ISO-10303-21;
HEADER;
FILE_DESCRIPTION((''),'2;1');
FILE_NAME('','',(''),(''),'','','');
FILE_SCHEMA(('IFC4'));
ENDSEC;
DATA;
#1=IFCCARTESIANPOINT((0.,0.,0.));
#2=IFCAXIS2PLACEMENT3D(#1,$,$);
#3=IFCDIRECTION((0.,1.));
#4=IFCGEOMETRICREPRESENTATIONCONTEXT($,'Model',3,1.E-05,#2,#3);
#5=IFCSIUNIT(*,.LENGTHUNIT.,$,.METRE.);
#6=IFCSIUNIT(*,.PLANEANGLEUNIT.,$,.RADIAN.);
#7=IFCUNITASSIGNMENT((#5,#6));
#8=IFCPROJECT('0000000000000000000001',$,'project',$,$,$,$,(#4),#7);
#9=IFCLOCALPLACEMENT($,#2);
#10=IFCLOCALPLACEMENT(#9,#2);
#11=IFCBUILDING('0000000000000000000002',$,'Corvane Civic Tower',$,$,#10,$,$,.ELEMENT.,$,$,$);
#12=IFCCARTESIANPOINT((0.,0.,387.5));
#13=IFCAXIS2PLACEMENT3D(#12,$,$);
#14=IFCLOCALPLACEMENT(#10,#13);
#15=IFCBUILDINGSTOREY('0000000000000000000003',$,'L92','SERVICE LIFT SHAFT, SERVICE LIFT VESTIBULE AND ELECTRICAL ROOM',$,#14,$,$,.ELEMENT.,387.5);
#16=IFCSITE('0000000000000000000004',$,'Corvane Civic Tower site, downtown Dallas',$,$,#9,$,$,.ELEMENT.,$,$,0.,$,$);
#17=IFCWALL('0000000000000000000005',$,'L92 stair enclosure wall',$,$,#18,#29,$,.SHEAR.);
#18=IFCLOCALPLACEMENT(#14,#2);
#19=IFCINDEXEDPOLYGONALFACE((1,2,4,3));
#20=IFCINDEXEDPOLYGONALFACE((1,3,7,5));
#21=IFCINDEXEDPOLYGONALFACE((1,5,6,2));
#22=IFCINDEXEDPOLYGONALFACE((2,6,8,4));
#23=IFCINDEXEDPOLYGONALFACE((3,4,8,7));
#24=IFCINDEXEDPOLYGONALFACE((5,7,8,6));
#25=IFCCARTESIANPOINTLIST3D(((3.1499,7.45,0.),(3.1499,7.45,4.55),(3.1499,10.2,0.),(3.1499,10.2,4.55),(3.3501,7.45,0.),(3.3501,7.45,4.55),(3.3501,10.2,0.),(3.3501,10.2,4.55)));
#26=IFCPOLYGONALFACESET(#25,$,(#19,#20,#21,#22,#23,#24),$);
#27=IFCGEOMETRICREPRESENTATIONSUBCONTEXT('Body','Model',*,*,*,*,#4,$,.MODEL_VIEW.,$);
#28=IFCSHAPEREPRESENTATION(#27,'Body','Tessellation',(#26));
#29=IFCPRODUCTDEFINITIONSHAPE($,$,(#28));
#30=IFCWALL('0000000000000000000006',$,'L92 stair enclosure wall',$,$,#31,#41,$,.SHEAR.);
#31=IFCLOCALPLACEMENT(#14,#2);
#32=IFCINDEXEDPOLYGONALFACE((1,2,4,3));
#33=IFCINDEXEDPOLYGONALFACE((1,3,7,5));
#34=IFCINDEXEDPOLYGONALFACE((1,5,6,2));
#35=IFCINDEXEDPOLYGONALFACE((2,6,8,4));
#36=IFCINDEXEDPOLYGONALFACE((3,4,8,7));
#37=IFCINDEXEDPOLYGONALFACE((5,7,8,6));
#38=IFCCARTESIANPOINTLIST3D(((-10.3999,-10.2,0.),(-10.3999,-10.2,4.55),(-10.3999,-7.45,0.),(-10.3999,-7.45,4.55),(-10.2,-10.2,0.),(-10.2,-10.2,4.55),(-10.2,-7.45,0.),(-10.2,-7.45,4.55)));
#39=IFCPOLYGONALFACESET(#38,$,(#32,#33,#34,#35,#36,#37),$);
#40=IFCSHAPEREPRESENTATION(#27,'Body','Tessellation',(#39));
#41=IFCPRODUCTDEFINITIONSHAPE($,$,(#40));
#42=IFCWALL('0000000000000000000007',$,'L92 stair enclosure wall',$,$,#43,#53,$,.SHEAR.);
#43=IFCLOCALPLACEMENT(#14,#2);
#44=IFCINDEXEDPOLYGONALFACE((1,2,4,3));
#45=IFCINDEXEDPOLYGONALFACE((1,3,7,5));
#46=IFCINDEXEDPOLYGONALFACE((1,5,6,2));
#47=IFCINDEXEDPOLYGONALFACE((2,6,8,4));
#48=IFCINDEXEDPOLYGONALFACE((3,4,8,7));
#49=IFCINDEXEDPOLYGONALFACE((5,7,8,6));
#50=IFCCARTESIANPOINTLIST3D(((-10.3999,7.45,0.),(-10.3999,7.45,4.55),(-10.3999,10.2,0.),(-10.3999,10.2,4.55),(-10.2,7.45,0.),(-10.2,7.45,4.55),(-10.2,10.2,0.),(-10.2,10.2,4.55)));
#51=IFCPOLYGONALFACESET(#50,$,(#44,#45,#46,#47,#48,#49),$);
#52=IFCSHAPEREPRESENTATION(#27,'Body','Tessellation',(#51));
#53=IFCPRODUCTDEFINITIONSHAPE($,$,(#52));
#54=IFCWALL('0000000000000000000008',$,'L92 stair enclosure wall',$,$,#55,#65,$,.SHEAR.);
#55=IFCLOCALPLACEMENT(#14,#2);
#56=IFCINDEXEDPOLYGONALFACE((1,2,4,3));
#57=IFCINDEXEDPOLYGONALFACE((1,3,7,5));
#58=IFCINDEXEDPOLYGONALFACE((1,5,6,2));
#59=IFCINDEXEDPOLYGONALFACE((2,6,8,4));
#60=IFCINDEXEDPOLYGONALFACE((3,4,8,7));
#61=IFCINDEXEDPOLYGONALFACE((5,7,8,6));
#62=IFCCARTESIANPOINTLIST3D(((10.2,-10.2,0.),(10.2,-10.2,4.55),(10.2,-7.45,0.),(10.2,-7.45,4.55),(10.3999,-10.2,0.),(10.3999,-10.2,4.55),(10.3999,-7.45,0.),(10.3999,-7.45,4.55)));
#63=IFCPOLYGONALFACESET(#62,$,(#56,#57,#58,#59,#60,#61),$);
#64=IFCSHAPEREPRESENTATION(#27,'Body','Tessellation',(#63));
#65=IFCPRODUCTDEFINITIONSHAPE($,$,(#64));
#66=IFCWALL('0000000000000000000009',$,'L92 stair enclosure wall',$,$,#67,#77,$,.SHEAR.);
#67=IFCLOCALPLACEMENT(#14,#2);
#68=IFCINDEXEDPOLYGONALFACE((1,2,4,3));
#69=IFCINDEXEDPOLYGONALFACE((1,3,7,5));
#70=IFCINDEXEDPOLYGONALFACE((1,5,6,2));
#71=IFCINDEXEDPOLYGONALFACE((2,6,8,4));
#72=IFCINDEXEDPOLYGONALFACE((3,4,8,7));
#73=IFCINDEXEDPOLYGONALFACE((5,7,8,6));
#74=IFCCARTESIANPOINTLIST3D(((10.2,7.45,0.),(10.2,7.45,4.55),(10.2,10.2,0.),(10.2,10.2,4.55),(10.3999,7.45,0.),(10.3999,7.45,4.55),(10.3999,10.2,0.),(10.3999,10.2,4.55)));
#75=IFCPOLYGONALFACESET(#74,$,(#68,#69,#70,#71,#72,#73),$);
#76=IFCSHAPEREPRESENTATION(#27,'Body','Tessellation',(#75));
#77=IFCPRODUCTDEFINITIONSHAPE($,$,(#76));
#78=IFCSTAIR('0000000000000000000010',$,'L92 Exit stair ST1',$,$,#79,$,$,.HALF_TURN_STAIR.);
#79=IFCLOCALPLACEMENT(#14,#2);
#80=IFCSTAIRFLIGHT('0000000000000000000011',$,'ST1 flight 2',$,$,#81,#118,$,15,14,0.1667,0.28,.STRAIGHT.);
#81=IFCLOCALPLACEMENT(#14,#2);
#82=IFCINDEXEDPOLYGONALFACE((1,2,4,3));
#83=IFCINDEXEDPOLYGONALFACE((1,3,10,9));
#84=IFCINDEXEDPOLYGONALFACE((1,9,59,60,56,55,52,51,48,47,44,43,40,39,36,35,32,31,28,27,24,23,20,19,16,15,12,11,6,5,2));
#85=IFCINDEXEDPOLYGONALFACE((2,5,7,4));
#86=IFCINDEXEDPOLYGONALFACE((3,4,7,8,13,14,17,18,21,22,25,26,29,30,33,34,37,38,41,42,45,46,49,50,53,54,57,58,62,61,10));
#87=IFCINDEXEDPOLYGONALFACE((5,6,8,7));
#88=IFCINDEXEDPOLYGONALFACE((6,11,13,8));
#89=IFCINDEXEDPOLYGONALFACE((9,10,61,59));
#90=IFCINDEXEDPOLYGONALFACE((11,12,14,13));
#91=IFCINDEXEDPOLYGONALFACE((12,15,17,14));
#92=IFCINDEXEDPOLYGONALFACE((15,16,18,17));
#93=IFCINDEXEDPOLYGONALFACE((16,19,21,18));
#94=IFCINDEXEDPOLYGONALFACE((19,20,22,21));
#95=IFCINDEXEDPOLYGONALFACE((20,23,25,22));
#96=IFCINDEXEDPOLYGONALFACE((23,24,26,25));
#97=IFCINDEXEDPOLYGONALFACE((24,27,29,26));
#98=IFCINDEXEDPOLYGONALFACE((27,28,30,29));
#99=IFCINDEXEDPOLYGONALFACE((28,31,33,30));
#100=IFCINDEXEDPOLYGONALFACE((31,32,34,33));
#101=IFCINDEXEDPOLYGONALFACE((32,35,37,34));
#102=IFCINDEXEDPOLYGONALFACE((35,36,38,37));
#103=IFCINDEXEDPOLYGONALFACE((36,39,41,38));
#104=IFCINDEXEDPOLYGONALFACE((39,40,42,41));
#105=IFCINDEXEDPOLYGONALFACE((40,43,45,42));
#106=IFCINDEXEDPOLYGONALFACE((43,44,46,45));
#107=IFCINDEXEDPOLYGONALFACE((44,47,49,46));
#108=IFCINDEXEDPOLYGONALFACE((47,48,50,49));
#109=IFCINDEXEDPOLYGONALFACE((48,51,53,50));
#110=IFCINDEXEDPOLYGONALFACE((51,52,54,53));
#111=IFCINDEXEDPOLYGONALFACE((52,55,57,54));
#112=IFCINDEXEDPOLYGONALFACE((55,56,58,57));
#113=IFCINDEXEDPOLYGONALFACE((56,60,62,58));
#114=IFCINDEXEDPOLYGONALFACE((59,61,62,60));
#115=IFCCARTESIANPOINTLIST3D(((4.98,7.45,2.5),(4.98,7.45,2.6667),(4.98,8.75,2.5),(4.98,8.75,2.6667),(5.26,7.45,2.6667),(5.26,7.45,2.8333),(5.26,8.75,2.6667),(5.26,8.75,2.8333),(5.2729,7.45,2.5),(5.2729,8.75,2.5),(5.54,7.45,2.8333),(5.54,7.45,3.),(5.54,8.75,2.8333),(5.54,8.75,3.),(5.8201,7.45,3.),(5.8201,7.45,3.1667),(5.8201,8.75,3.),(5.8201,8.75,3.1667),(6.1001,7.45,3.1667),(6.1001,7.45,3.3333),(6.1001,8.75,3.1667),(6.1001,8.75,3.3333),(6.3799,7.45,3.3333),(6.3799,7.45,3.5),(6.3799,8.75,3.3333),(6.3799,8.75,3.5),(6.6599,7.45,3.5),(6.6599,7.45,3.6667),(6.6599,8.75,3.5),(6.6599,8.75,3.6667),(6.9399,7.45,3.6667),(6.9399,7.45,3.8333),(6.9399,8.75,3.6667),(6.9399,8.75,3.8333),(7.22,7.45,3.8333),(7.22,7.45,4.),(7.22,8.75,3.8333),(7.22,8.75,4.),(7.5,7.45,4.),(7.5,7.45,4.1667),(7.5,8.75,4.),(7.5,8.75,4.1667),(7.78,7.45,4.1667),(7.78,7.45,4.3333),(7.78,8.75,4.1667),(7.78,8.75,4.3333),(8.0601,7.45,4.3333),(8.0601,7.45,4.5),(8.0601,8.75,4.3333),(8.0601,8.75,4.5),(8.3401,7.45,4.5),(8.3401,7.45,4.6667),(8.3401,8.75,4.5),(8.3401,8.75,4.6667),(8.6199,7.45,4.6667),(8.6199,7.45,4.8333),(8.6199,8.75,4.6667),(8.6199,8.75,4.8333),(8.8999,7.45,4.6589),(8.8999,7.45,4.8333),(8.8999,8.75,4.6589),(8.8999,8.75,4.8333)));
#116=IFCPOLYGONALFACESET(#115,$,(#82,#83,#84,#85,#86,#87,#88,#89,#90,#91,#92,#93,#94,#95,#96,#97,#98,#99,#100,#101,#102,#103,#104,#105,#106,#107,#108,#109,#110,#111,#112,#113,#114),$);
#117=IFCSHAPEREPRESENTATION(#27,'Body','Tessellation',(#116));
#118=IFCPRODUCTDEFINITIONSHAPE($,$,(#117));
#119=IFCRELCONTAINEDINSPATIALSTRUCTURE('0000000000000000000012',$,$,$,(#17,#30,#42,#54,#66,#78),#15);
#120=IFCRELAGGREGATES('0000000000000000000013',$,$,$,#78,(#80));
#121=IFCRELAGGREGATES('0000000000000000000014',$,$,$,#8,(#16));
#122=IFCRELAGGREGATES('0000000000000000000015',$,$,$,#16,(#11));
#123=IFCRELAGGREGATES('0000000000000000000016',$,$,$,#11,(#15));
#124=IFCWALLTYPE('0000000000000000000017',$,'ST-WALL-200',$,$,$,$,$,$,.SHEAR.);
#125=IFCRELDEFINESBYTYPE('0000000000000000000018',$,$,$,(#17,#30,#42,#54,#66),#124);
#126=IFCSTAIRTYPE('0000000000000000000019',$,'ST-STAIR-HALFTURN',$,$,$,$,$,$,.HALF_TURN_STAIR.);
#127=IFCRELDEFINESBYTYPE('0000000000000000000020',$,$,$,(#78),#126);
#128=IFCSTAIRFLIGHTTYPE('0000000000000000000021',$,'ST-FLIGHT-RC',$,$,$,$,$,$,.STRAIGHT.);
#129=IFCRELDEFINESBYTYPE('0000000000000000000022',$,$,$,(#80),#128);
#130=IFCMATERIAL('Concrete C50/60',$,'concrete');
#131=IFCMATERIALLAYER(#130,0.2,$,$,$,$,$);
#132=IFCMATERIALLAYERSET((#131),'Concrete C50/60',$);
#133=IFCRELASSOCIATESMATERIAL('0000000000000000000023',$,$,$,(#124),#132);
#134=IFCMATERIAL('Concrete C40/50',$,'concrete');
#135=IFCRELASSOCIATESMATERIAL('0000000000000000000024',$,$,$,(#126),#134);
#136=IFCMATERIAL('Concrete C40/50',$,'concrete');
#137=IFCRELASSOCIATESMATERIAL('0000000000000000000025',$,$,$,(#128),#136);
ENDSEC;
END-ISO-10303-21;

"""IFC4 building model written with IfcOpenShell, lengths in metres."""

from ifc_helpers import new_model, si_unit, direction, frame, origin, place, context, subcontext, project, spatial, polyline, outline, extrude, material, layer, layer_set, type_object, element, aggregate, save


model = new_model("IFC4")

# Units and contexts
model_context = context("Model", 3, precision=1e-05, world=origin(), true_north=direction((0.0, 1.0)))
body_context = subcontext(model_context, "Body", "Model", "MODEL_VIEW")
ifc_project = project(units=[si_unit("LENGTHUNIT", "METRE"), si_unit("PLANEANGLEUNIT", "RADIAN")], contexts=[model_context])

# Site, building, storey
site_placement = place(None, origin())
site = spatial("IfcSite", under=ifc_project, at=site_placement, Name="Corvane Civic Tower site, downtown Dallas", CompositionType="ELEMENT", RefElevation=0.0)
building_placement = place(site_placement, origin())
building = spatial("IfcBuilding", under=site, at=building_placement, Name="Corvane Civic Tower", CompositionType="ELEMENT")
storey_placement = place(building_placement, frame((0.0, 0.0, 387.5)))
storey = spatial("IfcBuildingStorey", under=building, at=storey_placement, Name="L92", Description="SERVICE LIFT SHAFT, SERVICE LIFT VESTIBULE AND ELECTRICAL ROOM", CompositionType="ELEMENT", Elevation=387.5)

# Shared definitions
ifc_material_1 = material(Name="Concrete C50/60", Category="concrete")
ifc_layer_1 = layer(ifc_material_1, 0.2)
ifc_layer_set_1 = layer_set([ifc_layer_1], Name="Concrete C50/60")
wall_type_1 = type_object("IfcWallType", Name="ST-WALL-200", PredefinedType="SHEAR", material=ifc_layer_set_1)

# Walls
wall_1_placement = place(storey_placement, origin())
element("IfcWall", 1, at=wall_1_placement, inside=storey, type_object=wall_type_1, Name="L92 stair enclosure wall", PredefinedType="SHEAR", context=body_context, shape_type="SweptSolid", body=[
    extrude(outline(polyline([(3.3501, 7.45), (3.1499, 7.45), (3.1499, 10.2), (3.3501, 10.2), (3.3501, 7.45)])), origin(), (0.0, 0.0, 1.0), 4.55),
])
wall_2_placement = place(storey_placement, origin())
element("IfcWall", 2, at=wall_2_placement, inside=storey, type_object=wall_type_1, Name="L92 stair enclosure wall", PredefinedType="SHEAR", context=body_context, shape_type="SweptSolid", body=[
    extrude(outline(polyline([(-10.2, -7.45), (-10.2, -10.2), (-10.3999, -10.2), (-10.3999, -7.45), (-10.2, -7.45)])), origin(), (0.0, 0.0, 1.0), 4.55),
])
wall_3_placement = place(storey_placement, origin())
element("IfcWall", 3, at=wall_3_placement, inside=storey, type_object=wall_type_1, Name="L92 stair enclosure wall", PredefinedType="SHEAR", context=body_context, shape_type="SweptSolid", body=[
    extrude(outline(polyline([(-10.2, 7.45), (-10.3999, 7.45), (-10.3999, 10.2), (-10.2, 10.2), (-10.2, 7.45)])), origin(), (0.0, 0.0, 1.0), 4.55),
])
wall_4_placement = place(storey_placement, origin())
element("IfcWall", 4, at=wall_4_placement, inside=storey, type_object=wall_type_1, Name="L92 stair enclosure wall", PredefinedType="SHEAR", context=body_context, shape_type="SweptSolid", body=[
    extrude(outline(polyline([(10.3999, -7.45), (10.3999, -10.2), (10.2, -10.2), (10.2, -7.45), (10.3999, -7.45)])), origin(), (0.0, 0.0, 1.0), 4.55),
])
wall_5_placement = place(storey_placement, origin())
element("IfcWall", 5, at=wall_5_placement, inside=storey, type_object=wall_type_1, Name="L92 stair enclosure wall", PredefinedType="SHEAR", context=body_context, shape_type="SweptSolid", body=[
    extrude(outline(polyline([(10.3999, 7.45), (10.2, 7.45), (10.2, 10.2), (10.3999, 10.2), (10.3999, 7.45)])), origin(), (0.0, 0.0, 1.0), 4.55),
])

# Stair, stair flight
ifc_material_2 = material(Name="Concrete C40/50", Category="concrete")
stair_type = type_object("IfcStairType", Name="ST-STAIR-HALFTURN", PredefinedType="HALF_TURN_STAIR", material=ifc_material_2)
stair_placement = place(storey_placement, origin())
stair = element("IfcStair", 6, at=stair_placement, inside=storey, type_object=stair_type, Name="L92 Exit stair ST1", PredefinedType="HALF_TURN_STAIR")
ifc_material_3 = material(Name="Concrete C40/50", Category="concrete")
stair_flight_type = type_object("IfcStairFlightType", Name="ST-FLIGHT-RC", PredefinedType="STRAIGHT", material=ifc_material_3)
stair_flight_placement = place(storey_placement, frame((4.98, 8.1001, 2.5), z_axis=(0.0, 0.0, 1.0), x_axis=(1.0, 0.0, 0.0)))
stair_flight = element("IfcStairFlight", 7, at=stair_flight_placement, type_object=stair_flight_type, Name="ST1 flight 2", NumberOfRisers=15, NumberOfTreads=14, PredefinedType="STRAIGHT", RiserHeight=0.1667, TreadLength=0.28, context=body_context, shape_type="SweptSolid", body=[
    extrude(outline(polyline([(0.0, 0.0), (0.0, 0.1667), (0.28, 0.1667), (0.28, 0.3333), (0.5601, 0.3333), (0.5601, 0.5), (0.8401, 0.5), (0.8401, 0.6667), (1.1201, 0.6667), (1.1201, 0.8333), (1.3999, 0.8333), (1.3999, 1.0), (1.6799, 1.0), (1.6799, 1.1667), (1.96, 1.1667), (1.96, 1.3333), (2.24, 1.3333), (2.24, 1.5), (2.52, 1.5), (2.52, 1.6667), (2.8, 1.6667), (2.8, 1.8333), (3.0801, 1.8333), (3.0801, 2.0), (3.3601, 2.0), (3.3601, 2.1667), (3.6399, 2.1667), (3.6399, 2.3333), (3.9199, 2.3333), (3.9199, 2.5), (3.9199, 2.1589), (0.293, 0.0), (0.0, 0.0)])), frame((0.0, 0.6499, 0.0), z_axis=(0.0, -1.0, 0.0), x_axis=(1.0, 0.0, 0.0)), (0.0, 0.0, 1.0), 1.3),
])
aggregate(stair, [stair_flight])

save(model, "model.ifc")
